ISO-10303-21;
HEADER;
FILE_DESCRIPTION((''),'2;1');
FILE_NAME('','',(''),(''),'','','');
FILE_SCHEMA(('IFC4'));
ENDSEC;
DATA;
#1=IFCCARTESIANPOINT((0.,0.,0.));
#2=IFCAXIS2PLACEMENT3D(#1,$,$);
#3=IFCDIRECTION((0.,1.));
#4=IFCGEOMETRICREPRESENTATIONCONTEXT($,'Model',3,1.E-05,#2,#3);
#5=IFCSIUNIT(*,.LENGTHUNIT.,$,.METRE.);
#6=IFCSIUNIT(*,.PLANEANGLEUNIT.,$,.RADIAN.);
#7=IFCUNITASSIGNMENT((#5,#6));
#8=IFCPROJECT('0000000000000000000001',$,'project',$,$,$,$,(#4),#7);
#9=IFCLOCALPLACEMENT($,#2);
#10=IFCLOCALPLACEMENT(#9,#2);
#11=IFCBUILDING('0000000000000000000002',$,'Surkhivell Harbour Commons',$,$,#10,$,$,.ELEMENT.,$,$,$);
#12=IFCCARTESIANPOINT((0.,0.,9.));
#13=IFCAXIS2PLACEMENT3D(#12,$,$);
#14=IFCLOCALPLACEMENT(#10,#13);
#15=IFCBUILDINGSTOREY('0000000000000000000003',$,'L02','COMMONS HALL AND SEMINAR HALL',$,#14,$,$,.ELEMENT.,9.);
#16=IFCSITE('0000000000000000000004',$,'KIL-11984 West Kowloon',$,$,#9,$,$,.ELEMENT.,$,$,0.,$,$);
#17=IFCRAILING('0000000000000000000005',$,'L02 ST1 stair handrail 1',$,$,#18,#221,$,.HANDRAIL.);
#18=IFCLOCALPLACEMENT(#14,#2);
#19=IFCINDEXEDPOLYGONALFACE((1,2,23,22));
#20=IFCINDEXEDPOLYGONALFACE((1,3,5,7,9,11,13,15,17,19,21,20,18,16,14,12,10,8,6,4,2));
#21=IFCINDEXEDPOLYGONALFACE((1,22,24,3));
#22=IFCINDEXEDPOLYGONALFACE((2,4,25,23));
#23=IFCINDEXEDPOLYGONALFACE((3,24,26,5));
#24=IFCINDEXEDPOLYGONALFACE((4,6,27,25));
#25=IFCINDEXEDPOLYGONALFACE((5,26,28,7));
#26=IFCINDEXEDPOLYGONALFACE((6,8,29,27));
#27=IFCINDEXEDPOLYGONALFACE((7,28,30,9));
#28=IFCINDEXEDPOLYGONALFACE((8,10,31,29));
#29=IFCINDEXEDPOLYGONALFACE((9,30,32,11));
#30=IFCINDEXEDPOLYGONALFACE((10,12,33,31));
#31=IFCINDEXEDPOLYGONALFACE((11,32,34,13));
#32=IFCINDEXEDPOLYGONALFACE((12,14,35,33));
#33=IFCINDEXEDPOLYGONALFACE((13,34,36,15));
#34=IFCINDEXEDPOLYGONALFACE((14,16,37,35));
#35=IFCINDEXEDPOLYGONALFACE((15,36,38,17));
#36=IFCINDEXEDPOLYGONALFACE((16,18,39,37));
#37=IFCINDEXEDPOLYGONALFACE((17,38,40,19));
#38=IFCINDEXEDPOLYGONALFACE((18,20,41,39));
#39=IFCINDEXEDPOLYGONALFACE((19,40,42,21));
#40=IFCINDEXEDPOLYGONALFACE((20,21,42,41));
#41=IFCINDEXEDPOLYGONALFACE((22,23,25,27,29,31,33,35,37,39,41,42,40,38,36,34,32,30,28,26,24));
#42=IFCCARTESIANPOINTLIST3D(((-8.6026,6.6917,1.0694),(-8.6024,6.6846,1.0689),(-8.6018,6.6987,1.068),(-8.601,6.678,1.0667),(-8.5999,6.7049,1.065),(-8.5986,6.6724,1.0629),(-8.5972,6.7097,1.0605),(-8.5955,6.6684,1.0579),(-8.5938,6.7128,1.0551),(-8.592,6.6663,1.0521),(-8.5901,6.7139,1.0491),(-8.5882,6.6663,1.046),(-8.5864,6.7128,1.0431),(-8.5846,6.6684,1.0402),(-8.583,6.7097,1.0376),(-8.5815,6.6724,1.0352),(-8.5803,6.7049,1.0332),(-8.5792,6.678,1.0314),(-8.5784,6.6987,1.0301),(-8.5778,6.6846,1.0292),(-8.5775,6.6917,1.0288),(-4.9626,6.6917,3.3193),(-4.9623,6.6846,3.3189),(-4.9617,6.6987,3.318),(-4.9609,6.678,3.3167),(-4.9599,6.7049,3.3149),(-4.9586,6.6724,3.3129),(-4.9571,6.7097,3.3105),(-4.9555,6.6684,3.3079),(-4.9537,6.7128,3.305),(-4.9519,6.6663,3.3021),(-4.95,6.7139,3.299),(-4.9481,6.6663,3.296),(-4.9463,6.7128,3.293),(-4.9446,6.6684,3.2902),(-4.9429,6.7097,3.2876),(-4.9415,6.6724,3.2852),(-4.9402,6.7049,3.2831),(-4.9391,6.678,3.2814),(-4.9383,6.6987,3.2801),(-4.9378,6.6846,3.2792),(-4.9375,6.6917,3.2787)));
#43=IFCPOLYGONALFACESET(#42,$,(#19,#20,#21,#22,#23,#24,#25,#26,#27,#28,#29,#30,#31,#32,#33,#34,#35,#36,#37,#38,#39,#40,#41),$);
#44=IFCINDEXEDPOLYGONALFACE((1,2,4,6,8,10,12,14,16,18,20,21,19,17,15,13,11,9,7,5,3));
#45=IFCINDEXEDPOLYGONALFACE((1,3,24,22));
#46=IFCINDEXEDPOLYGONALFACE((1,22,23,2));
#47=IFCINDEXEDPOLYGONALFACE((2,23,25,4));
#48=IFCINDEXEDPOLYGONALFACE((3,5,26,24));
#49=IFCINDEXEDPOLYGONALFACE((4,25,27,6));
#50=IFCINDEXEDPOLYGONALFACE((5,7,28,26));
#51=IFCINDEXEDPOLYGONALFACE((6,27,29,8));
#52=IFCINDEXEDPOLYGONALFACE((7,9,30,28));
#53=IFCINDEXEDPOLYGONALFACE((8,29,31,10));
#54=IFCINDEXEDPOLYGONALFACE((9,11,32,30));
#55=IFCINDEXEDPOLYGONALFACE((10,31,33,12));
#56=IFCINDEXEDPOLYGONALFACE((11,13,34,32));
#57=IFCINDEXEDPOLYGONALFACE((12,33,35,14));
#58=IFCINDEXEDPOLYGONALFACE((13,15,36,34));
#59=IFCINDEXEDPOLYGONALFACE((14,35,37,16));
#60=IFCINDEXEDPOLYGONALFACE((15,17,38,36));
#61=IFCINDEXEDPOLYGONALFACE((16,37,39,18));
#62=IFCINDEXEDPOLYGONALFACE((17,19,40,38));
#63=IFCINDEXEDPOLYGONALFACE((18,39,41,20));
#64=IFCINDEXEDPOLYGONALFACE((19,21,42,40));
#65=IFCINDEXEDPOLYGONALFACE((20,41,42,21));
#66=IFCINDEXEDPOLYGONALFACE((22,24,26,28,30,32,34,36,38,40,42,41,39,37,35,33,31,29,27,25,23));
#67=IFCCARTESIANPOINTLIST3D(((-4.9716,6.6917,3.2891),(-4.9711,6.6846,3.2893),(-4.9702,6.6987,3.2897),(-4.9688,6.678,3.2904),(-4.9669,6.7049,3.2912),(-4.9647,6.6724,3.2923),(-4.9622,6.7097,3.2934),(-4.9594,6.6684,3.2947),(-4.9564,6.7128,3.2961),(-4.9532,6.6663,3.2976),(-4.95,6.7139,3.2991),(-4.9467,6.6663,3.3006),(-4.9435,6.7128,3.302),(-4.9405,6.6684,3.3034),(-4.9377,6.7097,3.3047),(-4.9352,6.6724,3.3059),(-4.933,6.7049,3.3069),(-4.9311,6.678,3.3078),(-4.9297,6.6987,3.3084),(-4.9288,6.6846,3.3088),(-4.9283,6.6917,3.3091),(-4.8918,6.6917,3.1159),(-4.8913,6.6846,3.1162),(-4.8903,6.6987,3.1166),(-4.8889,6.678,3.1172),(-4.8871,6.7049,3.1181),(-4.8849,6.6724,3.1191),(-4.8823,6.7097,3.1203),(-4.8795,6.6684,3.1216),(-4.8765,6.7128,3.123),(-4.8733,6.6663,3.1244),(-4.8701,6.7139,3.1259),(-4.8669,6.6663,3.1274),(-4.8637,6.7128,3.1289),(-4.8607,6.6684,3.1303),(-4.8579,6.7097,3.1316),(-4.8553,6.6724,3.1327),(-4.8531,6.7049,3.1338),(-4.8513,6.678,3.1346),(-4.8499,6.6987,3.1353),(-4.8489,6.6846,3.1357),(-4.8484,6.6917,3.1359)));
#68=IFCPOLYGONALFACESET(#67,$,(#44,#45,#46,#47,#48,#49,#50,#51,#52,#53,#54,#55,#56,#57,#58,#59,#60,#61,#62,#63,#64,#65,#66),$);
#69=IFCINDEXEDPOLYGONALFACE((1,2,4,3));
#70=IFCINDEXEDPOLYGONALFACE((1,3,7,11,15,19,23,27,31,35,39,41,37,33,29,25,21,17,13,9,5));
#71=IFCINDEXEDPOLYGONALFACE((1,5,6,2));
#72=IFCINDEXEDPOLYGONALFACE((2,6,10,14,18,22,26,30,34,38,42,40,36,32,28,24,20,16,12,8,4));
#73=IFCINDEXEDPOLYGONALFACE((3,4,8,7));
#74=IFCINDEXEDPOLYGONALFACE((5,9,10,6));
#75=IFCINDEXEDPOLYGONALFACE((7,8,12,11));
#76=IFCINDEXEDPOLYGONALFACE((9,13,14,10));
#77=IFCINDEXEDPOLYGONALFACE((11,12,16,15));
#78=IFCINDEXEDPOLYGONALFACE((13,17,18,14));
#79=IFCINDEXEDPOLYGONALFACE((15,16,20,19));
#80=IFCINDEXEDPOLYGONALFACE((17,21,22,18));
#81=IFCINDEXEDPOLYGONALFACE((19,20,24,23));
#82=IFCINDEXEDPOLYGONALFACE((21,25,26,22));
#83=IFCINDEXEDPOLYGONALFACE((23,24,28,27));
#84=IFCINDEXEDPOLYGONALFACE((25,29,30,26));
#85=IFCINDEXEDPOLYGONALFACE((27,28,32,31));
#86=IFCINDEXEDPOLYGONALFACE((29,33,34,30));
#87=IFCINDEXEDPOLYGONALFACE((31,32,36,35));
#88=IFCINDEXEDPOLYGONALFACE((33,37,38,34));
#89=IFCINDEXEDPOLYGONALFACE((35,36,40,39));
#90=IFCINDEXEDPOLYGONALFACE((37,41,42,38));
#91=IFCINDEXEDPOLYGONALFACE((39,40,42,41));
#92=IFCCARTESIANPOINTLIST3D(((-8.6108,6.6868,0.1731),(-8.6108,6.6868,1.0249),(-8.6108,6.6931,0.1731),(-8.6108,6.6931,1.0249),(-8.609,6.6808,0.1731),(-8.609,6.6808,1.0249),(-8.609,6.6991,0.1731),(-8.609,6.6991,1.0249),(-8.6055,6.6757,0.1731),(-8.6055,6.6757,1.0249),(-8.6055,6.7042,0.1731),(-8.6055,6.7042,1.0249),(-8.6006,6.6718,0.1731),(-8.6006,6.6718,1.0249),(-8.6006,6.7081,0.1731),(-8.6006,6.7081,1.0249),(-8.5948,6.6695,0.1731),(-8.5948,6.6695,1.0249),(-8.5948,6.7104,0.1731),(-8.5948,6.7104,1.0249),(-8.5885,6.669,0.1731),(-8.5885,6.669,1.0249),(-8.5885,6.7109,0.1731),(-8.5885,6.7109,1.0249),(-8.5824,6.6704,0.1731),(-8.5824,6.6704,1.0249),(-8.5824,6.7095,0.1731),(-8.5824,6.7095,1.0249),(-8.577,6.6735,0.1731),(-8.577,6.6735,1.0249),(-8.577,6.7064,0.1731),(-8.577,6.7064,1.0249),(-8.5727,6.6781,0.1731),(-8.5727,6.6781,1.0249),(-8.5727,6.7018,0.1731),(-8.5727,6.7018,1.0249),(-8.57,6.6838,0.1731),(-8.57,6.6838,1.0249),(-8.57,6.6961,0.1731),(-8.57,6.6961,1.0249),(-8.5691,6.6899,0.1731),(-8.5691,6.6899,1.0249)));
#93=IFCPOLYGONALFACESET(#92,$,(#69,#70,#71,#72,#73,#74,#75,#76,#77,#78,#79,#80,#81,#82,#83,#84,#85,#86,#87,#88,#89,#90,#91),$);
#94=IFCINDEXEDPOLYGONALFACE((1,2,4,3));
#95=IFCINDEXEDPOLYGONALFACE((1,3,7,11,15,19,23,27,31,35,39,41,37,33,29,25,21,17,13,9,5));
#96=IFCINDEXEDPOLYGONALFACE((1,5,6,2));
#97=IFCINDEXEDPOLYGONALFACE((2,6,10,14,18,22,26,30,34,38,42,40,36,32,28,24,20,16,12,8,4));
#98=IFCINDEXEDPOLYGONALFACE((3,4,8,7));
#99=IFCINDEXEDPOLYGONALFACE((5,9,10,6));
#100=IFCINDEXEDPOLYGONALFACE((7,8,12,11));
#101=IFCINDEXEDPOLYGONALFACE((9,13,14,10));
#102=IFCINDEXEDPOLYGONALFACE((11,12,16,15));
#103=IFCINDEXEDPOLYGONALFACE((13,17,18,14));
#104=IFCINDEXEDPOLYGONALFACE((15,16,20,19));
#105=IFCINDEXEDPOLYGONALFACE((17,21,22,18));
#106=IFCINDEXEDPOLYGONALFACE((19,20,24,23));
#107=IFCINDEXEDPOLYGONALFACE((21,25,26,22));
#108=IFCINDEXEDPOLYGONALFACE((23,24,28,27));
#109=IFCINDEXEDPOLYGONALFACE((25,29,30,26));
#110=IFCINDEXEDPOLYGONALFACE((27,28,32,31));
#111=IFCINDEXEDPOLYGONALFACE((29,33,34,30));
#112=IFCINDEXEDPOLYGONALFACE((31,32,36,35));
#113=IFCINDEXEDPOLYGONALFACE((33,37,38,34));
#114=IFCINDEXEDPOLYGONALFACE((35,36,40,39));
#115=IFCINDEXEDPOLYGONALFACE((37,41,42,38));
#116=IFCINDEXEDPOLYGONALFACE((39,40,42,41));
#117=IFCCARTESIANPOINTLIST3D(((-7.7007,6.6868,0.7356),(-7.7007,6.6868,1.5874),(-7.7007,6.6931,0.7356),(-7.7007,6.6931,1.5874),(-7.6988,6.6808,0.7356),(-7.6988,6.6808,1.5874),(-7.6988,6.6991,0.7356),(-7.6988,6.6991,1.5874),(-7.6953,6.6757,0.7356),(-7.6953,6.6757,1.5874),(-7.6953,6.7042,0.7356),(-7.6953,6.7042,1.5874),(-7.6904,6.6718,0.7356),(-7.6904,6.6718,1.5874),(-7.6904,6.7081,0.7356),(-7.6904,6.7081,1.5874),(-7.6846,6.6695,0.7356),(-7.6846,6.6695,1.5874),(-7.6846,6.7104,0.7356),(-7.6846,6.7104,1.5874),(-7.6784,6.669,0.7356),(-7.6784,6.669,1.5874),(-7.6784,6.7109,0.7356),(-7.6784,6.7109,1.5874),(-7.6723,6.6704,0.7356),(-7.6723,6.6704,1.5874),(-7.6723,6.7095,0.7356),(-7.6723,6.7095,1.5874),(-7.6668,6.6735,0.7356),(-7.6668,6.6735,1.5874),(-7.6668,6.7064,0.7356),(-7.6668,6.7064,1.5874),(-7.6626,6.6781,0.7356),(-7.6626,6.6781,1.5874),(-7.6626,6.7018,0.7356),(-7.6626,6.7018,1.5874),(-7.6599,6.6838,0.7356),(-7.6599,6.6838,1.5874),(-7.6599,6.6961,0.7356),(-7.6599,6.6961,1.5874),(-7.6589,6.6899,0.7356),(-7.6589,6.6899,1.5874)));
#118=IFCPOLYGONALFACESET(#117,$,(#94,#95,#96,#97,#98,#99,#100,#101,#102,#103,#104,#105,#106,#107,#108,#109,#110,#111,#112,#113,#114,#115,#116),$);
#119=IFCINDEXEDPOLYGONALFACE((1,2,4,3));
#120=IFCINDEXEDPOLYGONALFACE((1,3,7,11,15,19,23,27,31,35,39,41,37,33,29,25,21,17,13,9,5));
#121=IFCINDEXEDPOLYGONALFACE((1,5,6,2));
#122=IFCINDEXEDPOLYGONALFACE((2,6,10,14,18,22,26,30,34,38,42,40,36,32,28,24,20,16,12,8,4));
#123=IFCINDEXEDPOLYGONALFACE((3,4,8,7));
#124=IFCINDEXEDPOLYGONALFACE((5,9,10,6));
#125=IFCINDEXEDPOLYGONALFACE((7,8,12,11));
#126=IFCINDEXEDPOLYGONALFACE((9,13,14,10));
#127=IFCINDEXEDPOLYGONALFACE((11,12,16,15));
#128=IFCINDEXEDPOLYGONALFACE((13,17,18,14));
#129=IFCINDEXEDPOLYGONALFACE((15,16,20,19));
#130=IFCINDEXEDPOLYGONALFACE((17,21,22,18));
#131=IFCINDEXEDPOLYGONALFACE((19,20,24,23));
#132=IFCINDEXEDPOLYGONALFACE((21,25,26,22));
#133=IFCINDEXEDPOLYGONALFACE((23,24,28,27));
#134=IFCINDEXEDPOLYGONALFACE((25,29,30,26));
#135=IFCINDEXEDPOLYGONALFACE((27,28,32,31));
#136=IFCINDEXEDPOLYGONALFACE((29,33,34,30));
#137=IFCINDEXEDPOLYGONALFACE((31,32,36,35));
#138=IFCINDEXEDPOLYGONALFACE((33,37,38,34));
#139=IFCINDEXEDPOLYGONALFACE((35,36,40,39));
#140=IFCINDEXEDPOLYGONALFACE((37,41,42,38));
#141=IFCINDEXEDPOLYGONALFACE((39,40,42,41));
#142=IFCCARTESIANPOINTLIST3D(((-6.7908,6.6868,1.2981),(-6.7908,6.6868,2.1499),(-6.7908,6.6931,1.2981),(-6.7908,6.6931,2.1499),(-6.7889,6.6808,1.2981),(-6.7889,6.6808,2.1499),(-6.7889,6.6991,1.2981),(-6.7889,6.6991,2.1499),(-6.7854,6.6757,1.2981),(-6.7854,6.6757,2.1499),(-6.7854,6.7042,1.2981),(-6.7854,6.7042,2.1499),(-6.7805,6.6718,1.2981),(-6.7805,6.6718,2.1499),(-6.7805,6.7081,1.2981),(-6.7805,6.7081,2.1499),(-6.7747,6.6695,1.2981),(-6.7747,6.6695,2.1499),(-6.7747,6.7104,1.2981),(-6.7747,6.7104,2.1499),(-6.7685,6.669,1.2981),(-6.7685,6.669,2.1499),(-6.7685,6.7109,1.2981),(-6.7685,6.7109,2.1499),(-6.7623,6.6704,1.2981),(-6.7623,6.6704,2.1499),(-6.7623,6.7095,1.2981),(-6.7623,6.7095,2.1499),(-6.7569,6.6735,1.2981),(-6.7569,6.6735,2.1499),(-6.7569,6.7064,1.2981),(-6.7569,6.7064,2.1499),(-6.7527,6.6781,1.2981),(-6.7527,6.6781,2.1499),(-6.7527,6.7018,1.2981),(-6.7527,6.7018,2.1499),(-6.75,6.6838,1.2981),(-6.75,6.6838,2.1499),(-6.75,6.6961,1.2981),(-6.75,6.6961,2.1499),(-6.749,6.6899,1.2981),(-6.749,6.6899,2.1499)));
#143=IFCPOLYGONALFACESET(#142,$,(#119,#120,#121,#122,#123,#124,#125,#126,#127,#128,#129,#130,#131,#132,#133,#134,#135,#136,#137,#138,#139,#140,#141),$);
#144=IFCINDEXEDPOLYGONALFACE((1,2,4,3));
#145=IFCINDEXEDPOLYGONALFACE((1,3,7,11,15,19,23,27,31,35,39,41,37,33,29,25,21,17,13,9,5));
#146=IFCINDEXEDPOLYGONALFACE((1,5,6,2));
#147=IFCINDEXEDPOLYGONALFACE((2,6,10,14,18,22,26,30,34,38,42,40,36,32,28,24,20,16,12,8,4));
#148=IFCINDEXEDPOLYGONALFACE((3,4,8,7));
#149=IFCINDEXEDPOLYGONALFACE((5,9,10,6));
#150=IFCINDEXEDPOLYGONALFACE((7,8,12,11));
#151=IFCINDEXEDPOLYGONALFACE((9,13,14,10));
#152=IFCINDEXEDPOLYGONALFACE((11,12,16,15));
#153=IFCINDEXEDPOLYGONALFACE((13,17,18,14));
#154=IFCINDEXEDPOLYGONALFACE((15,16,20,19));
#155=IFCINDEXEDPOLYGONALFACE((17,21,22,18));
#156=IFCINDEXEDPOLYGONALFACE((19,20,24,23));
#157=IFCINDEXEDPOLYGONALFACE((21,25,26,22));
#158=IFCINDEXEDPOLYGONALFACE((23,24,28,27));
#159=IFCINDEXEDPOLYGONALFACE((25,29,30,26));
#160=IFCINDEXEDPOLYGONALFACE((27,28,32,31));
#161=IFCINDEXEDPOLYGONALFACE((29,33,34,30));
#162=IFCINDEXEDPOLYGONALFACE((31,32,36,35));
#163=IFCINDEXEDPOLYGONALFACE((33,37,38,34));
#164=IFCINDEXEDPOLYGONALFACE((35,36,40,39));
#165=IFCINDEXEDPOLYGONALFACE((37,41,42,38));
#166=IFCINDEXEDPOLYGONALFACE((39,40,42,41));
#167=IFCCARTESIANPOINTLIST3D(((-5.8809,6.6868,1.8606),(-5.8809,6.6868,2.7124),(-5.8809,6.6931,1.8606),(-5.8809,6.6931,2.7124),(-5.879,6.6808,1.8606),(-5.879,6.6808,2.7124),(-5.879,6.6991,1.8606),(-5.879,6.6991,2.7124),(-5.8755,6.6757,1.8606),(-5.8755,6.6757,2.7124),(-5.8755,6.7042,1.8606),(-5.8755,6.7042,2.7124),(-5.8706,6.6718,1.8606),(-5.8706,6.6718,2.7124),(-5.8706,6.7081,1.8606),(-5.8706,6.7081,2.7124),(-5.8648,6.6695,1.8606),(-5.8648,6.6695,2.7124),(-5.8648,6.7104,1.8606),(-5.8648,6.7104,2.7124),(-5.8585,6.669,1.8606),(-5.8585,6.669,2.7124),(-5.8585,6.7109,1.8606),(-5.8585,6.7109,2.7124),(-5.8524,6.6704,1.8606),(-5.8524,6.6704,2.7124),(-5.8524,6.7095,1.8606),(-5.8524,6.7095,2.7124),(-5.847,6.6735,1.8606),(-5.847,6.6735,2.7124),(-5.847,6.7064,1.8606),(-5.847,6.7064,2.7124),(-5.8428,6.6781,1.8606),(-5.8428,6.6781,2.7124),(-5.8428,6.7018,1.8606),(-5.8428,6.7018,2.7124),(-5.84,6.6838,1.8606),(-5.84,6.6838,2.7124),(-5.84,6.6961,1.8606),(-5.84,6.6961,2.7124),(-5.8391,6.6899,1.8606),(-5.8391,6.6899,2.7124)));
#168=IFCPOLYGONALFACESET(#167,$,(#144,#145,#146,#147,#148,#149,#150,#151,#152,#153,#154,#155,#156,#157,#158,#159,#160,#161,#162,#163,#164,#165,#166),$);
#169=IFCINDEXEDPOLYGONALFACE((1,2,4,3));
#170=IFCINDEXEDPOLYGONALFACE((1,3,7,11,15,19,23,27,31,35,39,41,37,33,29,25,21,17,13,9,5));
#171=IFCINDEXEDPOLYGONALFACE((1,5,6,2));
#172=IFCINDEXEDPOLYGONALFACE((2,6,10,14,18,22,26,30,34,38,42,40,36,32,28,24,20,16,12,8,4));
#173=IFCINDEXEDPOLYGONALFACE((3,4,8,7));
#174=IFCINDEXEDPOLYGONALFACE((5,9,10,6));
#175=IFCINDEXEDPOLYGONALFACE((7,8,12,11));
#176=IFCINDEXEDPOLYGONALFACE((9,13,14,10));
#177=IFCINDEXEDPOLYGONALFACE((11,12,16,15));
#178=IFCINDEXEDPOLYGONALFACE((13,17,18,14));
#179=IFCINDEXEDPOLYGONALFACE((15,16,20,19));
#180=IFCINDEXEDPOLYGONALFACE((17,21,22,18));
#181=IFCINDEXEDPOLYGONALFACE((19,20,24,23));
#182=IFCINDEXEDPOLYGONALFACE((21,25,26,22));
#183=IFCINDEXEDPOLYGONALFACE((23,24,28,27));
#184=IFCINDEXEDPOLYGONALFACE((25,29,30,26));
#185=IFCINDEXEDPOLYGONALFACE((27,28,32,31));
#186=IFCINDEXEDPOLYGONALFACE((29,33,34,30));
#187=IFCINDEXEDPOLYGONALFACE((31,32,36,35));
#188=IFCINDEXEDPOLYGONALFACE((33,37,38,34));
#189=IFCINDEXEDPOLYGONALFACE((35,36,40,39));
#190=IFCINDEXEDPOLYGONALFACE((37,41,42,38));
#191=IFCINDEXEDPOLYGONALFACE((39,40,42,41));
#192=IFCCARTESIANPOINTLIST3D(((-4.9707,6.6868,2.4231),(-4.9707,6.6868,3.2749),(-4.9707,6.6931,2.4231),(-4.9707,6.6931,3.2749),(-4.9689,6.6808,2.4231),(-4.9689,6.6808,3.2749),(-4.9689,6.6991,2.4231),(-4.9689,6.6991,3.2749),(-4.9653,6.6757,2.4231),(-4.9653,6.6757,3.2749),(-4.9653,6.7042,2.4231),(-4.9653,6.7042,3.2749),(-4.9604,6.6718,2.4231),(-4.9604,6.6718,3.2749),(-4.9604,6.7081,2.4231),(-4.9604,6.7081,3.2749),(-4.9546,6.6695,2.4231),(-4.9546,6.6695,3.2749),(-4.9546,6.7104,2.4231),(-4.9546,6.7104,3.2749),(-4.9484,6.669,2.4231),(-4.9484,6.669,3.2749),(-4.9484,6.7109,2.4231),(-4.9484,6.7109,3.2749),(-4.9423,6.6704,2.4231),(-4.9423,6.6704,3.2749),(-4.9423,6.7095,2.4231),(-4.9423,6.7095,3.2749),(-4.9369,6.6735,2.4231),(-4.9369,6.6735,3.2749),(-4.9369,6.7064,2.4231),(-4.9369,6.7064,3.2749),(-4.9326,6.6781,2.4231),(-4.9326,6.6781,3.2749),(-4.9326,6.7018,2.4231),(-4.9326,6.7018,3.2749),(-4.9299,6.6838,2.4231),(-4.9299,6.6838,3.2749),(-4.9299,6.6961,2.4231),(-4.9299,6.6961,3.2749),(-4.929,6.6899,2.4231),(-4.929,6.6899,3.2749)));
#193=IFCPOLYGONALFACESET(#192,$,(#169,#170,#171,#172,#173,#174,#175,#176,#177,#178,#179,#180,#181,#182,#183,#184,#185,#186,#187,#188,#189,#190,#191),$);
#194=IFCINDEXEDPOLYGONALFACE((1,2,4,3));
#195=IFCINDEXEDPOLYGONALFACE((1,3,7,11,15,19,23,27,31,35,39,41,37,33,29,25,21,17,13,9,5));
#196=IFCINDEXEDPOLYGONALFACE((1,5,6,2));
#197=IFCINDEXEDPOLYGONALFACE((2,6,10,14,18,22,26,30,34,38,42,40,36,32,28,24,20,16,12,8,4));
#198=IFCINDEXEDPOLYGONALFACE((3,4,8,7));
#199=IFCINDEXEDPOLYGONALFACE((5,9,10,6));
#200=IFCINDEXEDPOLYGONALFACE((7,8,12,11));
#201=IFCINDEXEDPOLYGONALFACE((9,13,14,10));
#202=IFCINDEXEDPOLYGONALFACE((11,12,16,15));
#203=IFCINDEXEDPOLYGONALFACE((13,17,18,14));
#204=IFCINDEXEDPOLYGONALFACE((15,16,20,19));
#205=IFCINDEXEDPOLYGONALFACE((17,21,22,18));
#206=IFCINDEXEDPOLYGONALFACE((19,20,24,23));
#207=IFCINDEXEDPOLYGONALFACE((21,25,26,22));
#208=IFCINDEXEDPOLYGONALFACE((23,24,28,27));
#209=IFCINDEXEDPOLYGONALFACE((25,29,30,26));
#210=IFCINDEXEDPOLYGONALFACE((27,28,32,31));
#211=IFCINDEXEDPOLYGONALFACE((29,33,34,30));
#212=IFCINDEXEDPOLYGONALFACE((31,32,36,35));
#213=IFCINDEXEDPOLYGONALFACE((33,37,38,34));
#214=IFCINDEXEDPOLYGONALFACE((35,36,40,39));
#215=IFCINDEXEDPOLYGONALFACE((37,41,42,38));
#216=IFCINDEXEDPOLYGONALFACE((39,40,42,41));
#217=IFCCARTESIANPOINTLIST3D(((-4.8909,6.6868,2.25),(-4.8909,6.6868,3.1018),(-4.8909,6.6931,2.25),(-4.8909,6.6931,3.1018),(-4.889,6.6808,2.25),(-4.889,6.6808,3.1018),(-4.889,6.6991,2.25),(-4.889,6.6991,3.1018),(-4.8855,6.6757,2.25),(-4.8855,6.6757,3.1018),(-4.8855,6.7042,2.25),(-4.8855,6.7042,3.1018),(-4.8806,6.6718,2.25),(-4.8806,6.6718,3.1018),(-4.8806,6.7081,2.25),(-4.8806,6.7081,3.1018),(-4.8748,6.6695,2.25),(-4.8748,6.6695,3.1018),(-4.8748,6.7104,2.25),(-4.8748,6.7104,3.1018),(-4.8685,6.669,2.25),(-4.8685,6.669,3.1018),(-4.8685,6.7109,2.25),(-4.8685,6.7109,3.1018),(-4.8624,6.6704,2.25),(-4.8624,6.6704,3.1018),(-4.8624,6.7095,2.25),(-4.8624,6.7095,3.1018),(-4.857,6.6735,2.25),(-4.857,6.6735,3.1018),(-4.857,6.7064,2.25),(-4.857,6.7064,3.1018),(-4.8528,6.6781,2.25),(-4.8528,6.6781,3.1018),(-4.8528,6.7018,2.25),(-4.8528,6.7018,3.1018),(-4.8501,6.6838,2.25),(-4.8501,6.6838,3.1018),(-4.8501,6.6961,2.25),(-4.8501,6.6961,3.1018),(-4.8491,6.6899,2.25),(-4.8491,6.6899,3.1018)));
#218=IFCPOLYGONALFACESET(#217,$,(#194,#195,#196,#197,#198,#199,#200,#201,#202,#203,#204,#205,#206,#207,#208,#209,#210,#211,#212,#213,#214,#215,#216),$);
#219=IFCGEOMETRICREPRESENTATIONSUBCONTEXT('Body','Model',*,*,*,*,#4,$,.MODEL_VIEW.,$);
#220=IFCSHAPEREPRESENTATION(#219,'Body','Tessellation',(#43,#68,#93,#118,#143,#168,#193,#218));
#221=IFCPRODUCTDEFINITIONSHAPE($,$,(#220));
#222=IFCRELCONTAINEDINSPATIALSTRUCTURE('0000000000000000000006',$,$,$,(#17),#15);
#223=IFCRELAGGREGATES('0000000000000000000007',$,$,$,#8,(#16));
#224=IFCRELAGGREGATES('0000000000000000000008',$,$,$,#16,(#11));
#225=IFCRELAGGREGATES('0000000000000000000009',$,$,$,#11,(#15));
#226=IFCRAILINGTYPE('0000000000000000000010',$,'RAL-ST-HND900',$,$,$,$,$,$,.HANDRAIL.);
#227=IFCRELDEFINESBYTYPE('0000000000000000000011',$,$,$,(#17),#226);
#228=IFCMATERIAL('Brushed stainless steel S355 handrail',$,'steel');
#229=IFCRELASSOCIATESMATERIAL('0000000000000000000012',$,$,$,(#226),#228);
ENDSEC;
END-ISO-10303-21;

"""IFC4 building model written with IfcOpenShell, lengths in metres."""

from ifc_helpers import new_model, si_unit, direction, frame, origin, origin_2d, place, context, subcontext, project, spatial, circle, extrude, material, type_object, element, save


model = new_model("IFC4")

# Units and contexts
model_context = context("Model", 3, precision=1e-05, world=origin(), true_north=direction((0.0, 1.0)))
body_context = subcontext(model_context, "Body", "Model", "MODEL_VIEW")
ifc_project = project(units=[si_unit("LENGTHUNIT", "METRE"), si_unit("PLANEANGLEUNIT", "RADIAN")], contexts=[model_context])

# Site, building, storey
site_placement = place(None, origin())
site = spatial("IfcSite", under=ifc_project, at=site_placement, Name="KIL-11984 West Kowloon", CompositionType="ELEMENT", RefElevation=0.0)
building_placement = place(site_placement, origin())
building = spatial("IfcBuilding", under=site, at=building_placement, Name="Surkhivell Harbour Commons", CompositionType="ELEMENT")
storey_placement = place(building_placement, frame((0.0, 0.0, 9.0)))
storey = spatial("IfcBuildingStorey", under=building, at=storey_placement, Name="L02", Description="COMMONS HALL AND SEMINAR HALL", CompositionType="ELEMENT", Elevation=9.0)

# Railing
ifc_material_1 = material(Name="Brushed stainless steel S355 handrail", Category="steel")
railing_type_1 = type_object("IfcRailingType", Name="RAL-ST-HND900", PredefinedType="HANDRAIL", material=ifc_material_1)
railing_1_placement = place(storey_placement, frame((-8.5901, 6.6899, 0.1731)))
element("IfcRailing", 1, at=railing_1_placement, inside=storey, type_object=railing_type_1, Name="L02 ST1 stair handrail 1", PredefinedType="HANDRAIL", context=body_context, shape_type="SweptSolid", body=[
    extrude(circle(Radius=0.0239, at=origin_2d()), frame((0.0, 0.0, 0.876), z_axis=(0.850622, 0.0, 0.525777), x_axis=(0.0, 1.0, 0.0)), (0.0, 0.0, 1.0), 4.2793),
    extrude(circle(Radius=0.0239, at=origin_2d()), frame((3.6401, 0.0, 3.126), z_axis=(0.418815, 0.0, -0.908072), x_axis=(0.0, 1.0, 0.0)), (0.0, 0.0, 1.0), 0.1907),
    extrude(circle(Radius=0.021, at=origin_2d()), origin(), (0.0, 0.0, 1.0), 0.8518),
    extrude(circle(Radius=0.021, at=origin_2d()), frame((0.9102, 0.0, 0.5625)), (0.0, 0.0, 1.0), 0.8518),
    extrude(circle(Radius=0.021, at=origin_2d()), frame((1.8201, 0.0, 1.125)), (0.0, 0.0, 1.0), 0.8518),
    extrude(circle(Radius=0.021, at=origin_2d()), frame((2.73, 0.0, 1.6875)), (0.0, 0.0, 1.0), 0.8518),
    extrude(circle(Radius=0.021, at=origin_2d()), frame((3.6401, 0.0, 2.25)), (0.0, 0.0, 1.0), 0.8518),
    extrude(circle(Radius=0.021, at=origin_2d()), frame((3.72, 0.0, 2.0769)), (0.0, 0.0, 1.0), 0.8518),
])

save(model, "model.ifc")
